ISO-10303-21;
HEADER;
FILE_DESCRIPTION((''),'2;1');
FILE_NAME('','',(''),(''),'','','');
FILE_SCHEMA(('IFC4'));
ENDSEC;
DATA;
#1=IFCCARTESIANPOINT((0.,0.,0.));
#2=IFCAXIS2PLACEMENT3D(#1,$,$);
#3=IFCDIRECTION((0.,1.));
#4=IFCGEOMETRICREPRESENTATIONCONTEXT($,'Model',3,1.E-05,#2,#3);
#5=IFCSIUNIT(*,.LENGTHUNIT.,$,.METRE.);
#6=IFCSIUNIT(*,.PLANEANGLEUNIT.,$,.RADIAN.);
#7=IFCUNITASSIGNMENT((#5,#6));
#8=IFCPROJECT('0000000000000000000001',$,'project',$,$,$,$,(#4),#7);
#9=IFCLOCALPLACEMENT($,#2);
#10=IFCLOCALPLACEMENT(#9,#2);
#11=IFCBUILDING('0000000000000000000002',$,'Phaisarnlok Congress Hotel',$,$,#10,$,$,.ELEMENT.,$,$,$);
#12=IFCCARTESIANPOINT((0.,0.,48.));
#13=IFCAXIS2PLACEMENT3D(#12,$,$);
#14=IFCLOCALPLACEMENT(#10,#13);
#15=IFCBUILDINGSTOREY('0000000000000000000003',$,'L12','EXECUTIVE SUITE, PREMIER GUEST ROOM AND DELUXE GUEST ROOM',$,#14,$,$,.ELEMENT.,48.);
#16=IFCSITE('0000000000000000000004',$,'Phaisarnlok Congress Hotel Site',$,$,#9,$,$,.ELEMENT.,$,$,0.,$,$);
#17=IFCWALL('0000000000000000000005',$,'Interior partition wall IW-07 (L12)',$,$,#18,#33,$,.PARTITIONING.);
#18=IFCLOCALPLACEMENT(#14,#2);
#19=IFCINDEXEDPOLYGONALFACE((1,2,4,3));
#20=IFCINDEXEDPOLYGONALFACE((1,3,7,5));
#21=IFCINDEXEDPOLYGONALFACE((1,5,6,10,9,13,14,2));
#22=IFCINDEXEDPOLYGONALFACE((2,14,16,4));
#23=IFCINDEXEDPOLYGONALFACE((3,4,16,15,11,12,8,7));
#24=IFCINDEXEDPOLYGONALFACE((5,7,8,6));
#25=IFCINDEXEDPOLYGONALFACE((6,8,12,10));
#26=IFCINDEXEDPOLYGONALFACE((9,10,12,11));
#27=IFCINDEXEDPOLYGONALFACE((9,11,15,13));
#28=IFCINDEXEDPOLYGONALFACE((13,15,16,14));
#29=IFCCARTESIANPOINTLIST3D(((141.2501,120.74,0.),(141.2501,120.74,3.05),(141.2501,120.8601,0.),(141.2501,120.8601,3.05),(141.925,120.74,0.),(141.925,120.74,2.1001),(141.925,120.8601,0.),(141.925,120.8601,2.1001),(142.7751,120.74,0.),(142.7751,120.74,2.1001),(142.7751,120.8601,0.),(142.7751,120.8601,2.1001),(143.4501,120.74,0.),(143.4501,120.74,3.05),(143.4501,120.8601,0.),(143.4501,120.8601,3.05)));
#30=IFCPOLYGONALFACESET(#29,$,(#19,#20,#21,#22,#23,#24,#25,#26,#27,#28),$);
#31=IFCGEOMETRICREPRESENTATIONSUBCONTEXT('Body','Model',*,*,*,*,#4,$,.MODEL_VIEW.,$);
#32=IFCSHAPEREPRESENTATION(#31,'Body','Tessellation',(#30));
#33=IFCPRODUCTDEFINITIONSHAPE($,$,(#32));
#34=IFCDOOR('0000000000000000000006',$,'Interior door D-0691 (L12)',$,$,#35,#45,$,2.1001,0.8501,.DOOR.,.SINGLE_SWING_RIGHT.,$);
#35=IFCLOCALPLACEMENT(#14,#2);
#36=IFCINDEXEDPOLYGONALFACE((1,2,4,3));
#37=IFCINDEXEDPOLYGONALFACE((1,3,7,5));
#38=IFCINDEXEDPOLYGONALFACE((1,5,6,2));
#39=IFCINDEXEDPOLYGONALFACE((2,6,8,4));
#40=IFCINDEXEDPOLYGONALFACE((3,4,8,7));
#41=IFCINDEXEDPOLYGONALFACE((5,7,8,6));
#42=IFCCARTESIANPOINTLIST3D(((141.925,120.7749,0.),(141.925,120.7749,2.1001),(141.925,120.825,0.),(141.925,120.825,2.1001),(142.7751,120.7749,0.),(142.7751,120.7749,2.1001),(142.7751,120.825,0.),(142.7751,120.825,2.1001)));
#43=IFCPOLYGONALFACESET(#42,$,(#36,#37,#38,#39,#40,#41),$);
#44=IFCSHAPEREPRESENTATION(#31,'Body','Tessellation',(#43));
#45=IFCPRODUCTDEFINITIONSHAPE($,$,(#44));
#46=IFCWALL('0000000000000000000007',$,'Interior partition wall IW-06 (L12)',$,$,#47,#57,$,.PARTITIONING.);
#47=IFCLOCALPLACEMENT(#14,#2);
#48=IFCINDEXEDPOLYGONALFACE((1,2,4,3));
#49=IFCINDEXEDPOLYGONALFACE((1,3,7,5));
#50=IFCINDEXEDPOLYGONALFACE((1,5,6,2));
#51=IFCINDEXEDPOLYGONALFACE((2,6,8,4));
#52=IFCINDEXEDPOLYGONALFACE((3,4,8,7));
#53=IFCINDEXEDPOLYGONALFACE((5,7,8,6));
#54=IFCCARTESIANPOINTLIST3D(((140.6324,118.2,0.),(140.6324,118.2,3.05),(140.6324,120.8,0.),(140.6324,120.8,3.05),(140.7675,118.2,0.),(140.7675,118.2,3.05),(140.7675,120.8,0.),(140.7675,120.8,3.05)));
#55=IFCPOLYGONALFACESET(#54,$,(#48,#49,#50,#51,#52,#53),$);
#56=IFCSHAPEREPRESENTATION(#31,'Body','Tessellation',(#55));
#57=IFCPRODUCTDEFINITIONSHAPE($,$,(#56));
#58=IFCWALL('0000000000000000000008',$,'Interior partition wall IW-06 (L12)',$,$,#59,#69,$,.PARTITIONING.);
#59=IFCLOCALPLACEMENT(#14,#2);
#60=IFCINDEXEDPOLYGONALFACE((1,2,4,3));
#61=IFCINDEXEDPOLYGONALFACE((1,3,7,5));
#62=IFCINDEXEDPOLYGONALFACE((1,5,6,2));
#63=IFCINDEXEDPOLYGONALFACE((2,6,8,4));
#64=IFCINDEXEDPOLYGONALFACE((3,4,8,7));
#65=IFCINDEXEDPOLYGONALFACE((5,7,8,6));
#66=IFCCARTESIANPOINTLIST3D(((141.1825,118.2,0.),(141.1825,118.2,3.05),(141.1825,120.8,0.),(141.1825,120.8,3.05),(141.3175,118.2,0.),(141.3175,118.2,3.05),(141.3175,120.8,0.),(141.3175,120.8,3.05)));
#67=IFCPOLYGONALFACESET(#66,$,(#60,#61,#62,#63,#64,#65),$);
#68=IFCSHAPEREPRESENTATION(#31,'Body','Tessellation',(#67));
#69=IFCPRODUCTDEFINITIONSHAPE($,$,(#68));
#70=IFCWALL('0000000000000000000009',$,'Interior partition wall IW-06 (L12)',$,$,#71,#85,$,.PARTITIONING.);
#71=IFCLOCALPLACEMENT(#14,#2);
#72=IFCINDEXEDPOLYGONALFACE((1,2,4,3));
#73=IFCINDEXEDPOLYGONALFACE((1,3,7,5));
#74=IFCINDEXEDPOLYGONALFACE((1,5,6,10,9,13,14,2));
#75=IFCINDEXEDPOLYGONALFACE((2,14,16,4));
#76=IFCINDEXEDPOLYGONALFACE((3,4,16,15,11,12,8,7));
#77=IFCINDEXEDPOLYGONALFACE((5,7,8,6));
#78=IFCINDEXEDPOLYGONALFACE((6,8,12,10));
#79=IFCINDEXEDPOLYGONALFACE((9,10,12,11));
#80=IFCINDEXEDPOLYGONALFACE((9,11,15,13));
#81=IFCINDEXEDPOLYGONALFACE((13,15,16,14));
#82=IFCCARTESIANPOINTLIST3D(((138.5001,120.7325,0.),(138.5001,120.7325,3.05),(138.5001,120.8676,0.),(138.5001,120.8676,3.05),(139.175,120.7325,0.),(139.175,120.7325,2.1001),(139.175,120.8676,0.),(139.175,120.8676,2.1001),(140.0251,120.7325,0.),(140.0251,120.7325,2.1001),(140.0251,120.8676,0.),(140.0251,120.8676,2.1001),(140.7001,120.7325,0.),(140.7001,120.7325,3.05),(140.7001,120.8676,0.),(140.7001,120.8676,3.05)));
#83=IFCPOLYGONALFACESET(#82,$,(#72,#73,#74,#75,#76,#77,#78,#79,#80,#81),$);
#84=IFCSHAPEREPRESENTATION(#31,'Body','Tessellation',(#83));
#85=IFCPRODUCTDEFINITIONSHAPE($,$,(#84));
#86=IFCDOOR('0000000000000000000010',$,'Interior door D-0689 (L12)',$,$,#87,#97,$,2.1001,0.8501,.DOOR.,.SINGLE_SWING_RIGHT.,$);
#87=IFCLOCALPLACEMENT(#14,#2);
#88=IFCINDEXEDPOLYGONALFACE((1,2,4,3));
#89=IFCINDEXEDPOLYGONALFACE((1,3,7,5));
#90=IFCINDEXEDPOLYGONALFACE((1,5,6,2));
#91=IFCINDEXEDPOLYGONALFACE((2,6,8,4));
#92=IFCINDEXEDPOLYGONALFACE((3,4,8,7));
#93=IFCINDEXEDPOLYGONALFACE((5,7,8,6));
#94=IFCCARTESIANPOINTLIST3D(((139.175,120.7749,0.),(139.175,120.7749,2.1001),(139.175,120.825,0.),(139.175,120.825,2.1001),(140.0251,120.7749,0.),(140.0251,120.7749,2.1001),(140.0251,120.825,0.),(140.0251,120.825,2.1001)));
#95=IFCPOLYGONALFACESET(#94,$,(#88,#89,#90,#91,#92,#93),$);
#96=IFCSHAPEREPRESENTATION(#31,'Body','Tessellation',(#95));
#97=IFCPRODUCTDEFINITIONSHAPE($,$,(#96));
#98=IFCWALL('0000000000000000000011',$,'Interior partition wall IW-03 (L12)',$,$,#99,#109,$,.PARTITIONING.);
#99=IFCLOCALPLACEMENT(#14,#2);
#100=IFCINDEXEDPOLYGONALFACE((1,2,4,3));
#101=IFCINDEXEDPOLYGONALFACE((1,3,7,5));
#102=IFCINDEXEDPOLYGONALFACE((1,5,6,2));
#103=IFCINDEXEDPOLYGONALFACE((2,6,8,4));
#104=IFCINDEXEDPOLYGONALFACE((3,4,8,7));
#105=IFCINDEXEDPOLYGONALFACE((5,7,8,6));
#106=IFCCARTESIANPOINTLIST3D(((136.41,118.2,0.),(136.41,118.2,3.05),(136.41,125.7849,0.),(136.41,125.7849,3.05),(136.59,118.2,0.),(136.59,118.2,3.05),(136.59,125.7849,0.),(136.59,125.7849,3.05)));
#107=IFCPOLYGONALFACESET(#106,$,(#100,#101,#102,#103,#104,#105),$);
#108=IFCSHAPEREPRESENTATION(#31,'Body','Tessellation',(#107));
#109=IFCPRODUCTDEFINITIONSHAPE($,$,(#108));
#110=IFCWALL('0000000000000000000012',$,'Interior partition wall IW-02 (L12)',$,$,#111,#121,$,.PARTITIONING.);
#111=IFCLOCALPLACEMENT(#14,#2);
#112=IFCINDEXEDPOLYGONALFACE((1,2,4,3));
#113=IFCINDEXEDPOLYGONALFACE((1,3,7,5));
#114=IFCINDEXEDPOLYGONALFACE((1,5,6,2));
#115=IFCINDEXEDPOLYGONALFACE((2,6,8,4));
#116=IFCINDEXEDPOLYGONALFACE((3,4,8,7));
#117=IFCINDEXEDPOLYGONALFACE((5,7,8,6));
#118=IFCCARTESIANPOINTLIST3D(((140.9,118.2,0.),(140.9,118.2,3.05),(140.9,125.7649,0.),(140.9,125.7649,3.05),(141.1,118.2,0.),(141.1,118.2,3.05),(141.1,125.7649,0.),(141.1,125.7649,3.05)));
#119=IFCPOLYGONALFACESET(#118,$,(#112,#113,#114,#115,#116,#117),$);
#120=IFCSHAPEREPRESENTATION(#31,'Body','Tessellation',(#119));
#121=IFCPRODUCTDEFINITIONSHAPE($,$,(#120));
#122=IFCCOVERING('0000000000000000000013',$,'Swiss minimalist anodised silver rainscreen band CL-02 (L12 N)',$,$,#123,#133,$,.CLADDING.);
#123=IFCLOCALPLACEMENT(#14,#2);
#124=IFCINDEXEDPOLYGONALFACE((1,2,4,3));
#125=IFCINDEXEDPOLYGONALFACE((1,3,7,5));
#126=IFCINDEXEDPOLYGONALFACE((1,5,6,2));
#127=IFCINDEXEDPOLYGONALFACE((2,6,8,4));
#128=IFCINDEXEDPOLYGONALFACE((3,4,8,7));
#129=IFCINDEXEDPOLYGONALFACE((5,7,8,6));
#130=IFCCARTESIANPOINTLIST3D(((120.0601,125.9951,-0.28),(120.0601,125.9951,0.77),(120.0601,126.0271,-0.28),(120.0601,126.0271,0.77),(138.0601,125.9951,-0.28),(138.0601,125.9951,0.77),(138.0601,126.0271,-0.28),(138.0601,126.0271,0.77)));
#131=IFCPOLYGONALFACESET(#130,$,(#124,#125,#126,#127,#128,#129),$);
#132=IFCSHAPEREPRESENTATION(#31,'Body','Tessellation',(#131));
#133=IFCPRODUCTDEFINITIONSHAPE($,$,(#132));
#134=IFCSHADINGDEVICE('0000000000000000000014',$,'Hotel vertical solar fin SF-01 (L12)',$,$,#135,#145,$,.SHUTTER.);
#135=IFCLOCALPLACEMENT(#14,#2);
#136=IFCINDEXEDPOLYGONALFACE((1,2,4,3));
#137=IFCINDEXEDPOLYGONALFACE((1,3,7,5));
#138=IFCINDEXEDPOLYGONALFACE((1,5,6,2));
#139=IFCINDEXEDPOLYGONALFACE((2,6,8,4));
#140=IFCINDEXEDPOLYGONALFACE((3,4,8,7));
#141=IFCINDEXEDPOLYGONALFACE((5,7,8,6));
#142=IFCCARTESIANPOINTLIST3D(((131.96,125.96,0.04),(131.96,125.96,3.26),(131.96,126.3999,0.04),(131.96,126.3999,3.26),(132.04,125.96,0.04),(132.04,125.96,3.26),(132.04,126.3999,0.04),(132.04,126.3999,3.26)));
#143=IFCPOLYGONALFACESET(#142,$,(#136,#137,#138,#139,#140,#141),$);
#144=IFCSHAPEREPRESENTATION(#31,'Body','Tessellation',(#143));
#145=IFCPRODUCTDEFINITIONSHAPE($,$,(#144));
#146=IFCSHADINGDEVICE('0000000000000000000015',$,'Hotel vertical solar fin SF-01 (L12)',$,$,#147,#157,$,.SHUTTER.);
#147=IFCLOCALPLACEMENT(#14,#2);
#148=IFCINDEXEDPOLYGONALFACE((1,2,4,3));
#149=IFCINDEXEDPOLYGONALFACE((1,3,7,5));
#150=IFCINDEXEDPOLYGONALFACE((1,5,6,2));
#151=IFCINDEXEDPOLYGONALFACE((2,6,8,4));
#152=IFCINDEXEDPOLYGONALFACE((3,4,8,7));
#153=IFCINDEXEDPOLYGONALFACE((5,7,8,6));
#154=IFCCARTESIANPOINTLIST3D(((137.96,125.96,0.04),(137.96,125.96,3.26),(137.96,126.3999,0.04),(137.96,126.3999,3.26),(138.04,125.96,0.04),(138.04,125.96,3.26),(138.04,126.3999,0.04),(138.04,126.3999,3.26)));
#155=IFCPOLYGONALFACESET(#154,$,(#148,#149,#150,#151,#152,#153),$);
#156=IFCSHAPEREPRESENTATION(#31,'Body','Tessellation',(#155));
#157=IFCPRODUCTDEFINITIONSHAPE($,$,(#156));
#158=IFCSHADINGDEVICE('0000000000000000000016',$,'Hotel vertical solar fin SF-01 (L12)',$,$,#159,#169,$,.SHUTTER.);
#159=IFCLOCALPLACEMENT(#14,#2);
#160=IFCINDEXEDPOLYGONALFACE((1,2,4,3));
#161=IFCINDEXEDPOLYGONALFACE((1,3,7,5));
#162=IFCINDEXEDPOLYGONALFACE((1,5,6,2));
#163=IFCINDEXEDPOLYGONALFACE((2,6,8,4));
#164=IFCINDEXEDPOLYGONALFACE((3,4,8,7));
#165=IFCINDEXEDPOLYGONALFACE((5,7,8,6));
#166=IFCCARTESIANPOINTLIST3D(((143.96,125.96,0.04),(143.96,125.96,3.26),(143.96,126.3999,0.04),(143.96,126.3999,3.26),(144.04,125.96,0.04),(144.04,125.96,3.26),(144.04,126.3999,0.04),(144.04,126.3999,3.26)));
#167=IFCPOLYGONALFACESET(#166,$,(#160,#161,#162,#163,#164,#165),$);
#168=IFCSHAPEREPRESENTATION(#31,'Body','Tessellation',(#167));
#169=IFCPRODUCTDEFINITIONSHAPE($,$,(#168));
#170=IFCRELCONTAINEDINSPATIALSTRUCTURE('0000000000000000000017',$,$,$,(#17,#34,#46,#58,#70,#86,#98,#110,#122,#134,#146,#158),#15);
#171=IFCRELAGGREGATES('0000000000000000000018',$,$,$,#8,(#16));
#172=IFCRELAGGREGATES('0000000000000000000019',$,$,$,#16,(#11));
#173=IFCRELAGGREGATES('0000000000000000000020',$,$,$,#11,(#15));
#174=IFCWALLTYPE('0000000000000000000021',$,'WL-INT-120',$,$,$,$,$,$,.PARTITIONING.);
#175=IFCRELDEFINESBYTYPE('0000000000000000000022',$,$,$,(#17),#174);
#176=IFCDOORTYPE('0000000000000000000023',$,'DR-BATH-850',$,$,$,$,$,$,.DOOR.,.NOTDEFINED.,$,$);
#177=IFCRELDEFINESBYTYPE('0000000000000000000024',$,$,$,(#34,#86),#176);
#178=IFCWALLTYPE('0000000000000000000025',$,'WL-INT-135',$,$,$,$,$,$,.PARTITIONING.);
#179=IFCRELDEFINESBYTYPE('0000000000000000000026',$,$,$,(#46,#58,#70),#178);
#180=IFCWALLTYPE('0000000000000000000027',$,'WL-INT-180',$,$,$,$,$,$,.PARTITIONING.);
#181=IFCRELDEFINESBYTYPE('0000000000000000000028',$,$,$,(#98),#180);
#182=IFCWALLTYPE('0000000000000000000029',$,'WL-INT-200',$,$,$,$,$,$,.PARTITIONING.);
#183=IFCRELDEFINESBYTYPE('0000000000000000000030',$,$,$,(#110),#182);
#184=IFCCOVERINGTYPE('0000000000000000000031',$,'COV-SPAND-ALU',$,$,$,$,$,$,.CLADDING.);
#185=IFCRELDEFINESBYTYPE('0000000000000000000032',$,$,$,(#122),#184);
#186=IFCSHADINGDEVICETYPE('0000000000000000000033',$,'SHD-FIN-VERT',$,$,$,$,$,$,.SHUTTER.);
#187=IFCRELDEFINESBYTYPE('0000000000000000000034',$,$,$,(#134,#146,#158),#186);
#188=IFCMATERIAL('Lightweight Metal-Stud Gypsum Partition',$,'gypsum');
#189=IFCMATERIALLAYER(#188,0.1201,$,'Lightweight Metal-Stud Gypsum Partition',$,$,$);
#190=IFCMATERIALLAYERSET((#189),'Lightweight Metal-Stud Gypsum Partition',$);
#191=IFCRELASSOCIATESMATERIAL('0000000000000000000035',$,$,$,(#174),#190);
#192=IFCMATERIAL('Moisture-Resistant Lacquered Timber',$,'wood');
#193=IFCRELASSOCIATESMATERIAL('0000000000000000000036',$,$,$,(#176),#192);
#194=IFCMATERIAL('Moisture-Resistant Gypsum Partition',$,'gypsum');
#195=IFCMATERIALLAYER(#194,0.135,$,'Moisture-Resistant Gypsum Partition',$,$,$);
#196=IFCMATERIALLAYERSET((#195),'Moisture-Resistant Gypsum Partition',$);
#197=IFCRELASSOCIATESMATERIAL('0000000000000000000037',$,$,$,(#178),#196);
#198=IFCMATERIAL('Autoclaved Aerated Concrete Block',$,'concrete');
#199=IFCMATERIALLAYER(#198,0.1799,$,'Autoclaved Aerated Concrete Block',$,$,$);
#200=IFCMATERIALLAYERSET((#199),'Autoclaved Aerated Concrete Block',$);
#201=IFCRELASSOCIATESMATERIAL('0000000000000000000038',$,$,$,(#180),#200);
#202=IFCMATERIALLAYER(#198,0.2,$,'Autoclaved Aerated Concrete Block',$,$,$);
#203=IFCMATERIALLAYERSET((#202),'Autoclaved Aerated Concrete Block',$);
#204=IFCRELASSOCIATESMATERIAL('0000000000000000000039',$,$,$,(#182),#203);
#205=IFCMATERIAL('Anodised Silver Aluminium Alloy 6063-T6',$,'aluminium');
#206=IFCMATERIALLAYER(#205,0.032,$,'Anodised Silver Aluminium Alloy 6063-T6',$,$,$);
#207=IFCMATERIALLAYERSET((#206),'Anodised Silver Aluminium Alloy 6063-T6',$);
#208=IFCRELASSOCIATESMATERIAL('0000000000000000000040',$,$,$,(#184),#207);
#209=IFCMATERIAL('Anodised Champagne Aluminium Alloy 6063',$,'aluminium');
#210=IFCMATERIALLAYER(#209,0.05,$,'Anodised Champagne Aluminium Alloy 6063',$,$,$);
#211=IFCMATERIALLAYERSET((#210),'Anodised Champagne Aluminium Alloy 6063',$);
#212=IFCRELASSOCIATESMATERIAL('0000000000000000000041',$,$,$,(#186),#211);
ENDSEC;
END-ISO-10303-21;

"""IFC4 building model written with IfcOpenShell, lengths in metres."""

from ifc_helpers import new_model, si_unit, direction, frame, frame_2d, origin, origin_2d, place, context, subcontext, project, spatial, polyline, rectangle, outline, extrude, material, layer, layer_set, type_object, element, fill, save


model = new_model("IFC4")

# Units and contexts
model_context = context("Model", 3, precision=1e-05, world=origin(), true_north=direction((0.0, 1.0)))
body_context = subcontext(model_context, "Body", "Model", "MODEL_VIEW")
ifc_project = project(units=[si_unit("LENGTHUNIT", "METRE"), si_unit("PLANEANGLEUNIT", "RADIAN")], contexts=[model_context])

# Site, building, storey
site_placement = place(None, origin())
site = spatial("IfcSite", under=ifc_project, at=site_placement, Name="Phaisarnlok Congress Hotel Site", CompositionType="ELEMENT", RefElevation=0.0)
building_placement = place(site_placement, origin())
building = spatial("IfcBuilding", under=site, at=building_placement, Name="Phaisarnlok Congress Hotel", CompositionType="ELEMENT")
storey_placement = place(building_placement, frame((0.0, 0.0, 48.0)))
storey = spatial("IfcBuildingStorey", under=building, at=storey_placement, Name="L12", Description="EXECUTIVE SUITE, PREMIER GUEST ROOM AND DELUXE GUEST ROOM", CompositionType="ELEMENT", Elevation=48.0)

# Shared definitions
ifc_material_1 = material(Name="Lightweight Metal-Stud Gypsum Partition", Category="gypsum")
ifc_layer_1 = layer(ifc_material_1, 0.1201, Name="Lightweight Metal-Stud Gypsum Partition")
ifc_layer_set_1 = layer_set([ifc_layer_1], Name="Lightweight Metal-Stud Gypsum Partition")
wall_type_1 = type_object("IfcWallType", Name="WL-INT-120", PredefinedType="PARTITIONING", material=ifc_layer_set_1)

# Wall, opening, door
wall_1_placement = place(storey_placement, frame((141.25, 120.8, 0.0), z_axis=(0.0, 0.0, 1.0), x_axis=(1.0, 0.0, 0.0)))
wall_1 = element("IfcWall", 1, at=wall_1_placement, inside=storey, type_object=wall_type_1, Name="Interior partition wall IW-07 (L12)", PredefinedType="PARTITIONING", context=body_context, shape_type="SweptSolid", body=[
    extrude(rectangle(XDim=2.2, YDim=0.1201, at=frame_2d((1.1001, 0.0))), origin(), (0.0, 0.0, 1.0), 3.05),
])
opening_1_placement = place(wall_1_placement, frame((0.675, 0.0, 0.0)))
opening_1 = element("IfcOpeningElement", 2, at=opening_1_placement, cuts=wall_1, PredefinedType="OPENING", context=body_context, shape_type="SweptSolid", body=[
    extrude(rectangle(XDim=0.8501, YDim=2.1001, at=frame_2d((0.425, 1.05))), frame((0.0, 0.0701, 0.0), z_axis=(0.0, -1.0, 0.0), x_axis=(1.0, 0.0, 0.0)), (0.0, 0.0, 1.0), 0.1401),
])
ifc_material_2 = material(Name="Moisture-Resistant Lacquered Timber", Category="wood")
door_type = type_object("IfcDoorType", Name="DR-BATH-850", OperationType="NOTDEFINED", PredefinedType="DOOR", material=ifc_material_2)
door_1_placement = place(opening_1_placement, origin())
door_1 = element("IfcDoor", 3, at=door_1_placement, inside=storey, type_object=door_type, Name="Interior door D-0691 (L12)", OperationType="SINGLE_SWING_RIGHT", OverallHeight=2.1001, OverallWidth=0.8501, PredefinedType="DOOR", context=body_context, shape_type="SweptSolid", body=[
    extrude(rectangle(XDim=0.8501, YDim=2.1001, at=frame_2d((0.425, 1.05))), frame((0.0, 0.0249, 0.0), z_axis=(0.0, -1.0, 0.0), x_axis=(1.0, 0.0, 0.0)), (0.0, 0.0, 1.0), 0.05),
])
fill(opening_1, door_1)

# Walls
ifc_material_3 = material(Name="Moisture-Resistant Gypsum Partition", Category="gypsum")
ifc_layer_2 = layer(ifc_material_3, 0.135, Name="Moisture-Resistant Gypsum Partition")
ifc_layer_set_2 = layer_set([ifc_layer_2], Name="Moisture-Resistant Gypsum Partition")
wall_type_2 = type_object("IfcWallType", Name="WL-INT-135", PredefinedType="PARTITIONING", material=ifc_layer_set_2)
for number, where, z_axis, x_axis, name in (
    (4, (140.7, 118.2, 0.0), (0.0, 0.0, 1.0), (0.0, 1.0, 0.0), "Interior partition wall IW-06 (L12)"),
    (5, (141.25, 118.2, 0.0), (0.0, 0.0, 1.0), (0.0, 1.0, 0.0), "Interior partition wall IW-06 (L12)"),
):
    element("IfcWall", number, at=place(storey_placement, frame(where, z_axis=z_axis, x_axis=x_axis)), inside=storey, type_object=wall_type_2, Name=name, PredefinedType="PARTITIONING", context=body_context, shape_type="SweptSolid", body=[
        extrude(rectangle(XDim=2.6001, YDim=0.135, at=frame_2d((1.3, 0.0))), origin(), (0.0, 0.0, 1.0), 3.05),
    ])

# Wall, opening, door
wall_2_placement = place(storey_placement, frame((138.5, 120.8, 0.0), z_axis=(0.0, 0.0, 1.0), x_axis=(1.0, 0.0, 0.0)))
wall_2 = element("IfcWall", 6, at=wall_2_placement, inside=storey, type_object=wall_type_2, Name="Interior partition wall IW-06 (L12)", PredefinedType="PARTITIONING", context=body_context, shape_type="SweptSolid", body=[
    extrude(rectangle(XDim=2.2, YDim=0.135, at=frame_2d((1.1001, 0.0))), origin(), (0.0, 0.0, 1.0), 3.05),
])
opening_2_placement = place(wall_2_placement, frame((0.675, 0.0, 0.0)))
opening_2 = element("IfcOpeningElement", 7, at=opening_2_placement, cuts=wall_2, PredefinedType="OPENING", context=body_context, shape_type="SweptSolid", body=[
    extrude(rectangle(XDim=0.8501, YDim=2.1001, at=frame_2d((0.425, 1.05))), frame((0.0, 0.0776, 0.0), z_axis=(0.0, -1.0, 0.0), x_axis=(1.0, 0.0, 0.0)), (0.0, 0.0, 1.0), 0.155),
])
door_2_placement = place(opening_2_placement, origin())
door_2 = element("IfcDoor", 8, at=door_2_placement, inside=storey, type_object=door_type, Name="Interior door D-0689 (L12)", OperationType="SINGLE_SWING_RIGHT", OverallHeight=2.1001, OverallWidth=0.8501, PredefinedType="DOOR", context=body_context, shape_type="SweptSolid", body=[
    extrude(rectangle(XDim=0.8501, YDim=2.1001, at=frame_2d((0.425, 1.05))), frame((0.0, 0.0249, 0.0), z_axis=(0.0, -1.0, 0.0), x_axis=(1.0, 0.0, 0.0)), (0.0, 0.0, 1.0), 0.05),
])
fill(opening_2, door_2)

# Walls
ifc_material_4 = material(Name="Autoclaved Aerated Concrete Block", Category="concrete")
ifc_layer_3 = layer(ifc_material_4, 0.1799, Name="Autoclaved Aerated Concrete Block")
ifc_layer_set_3 = layer_set([ifc_layer_3], Name="Autoclaved Aerated Concrete Block")
wall_type_3 = type_object("IfcWallType", Name="WL-INT-180", PredefinedType="PARTITIONING", material=ifc_layer_set_3)
wall_3_placement = place(storey_placement, frame((136.5, 118.2, 0.0), z_axis=(0.0, 0.0, 1.0), x_axis=(0.0, 1.0, 0.0)))
element("IfcWall", 9, at=wall_3_placement, inside=storey, type_object=wall_type_3, Name="Interior partition wall IW-03 (L12)", PredefinedType="PARTITIONING", context=body_context, shape_type="SweptSolid", body=[
    extrude(rectangle(XDim=7.585, YDim=0.1799, at=frame_2d((3.7925, 0.0))), origin(), (0.0, 0.0, 1.0), 3.05),
])
ifc_layer_4 = layer(ifc_material_4, 0.2, Name="Autoclaved Aerated Concrete Block")
ifc_layer_set_4 = layer_set([ifc_layer_4], Name="Autoclaved Aerated Concrete Block")
wall_type_4 = type_object("IfcWallType", Name="WL-INT-200", PredefinedType="PARTITIONING", material=ifc_layer_set_4)
wall_4_placement = place(storey_placement, frame((141.0, 118.2, 0.0), z_axis=(0.0, 0.0, 1.0), x_axis=(0.0, 1.0, 0.0)))
element("IfcWall", 10, at=wall_4_placement, inside=storey, type_object=wall_type_4, Name="Interior partition wall IW-02 (L12)", PredefinedType="PARTITIONING", context=body_context, shape_type="SweptSolid", body=[
    extrude(rectangle(XDim=7.5649, YDim=0.2, at=frame_2d((3.7825, 0.0))), origin(), (0.0, 0.0, 1.0), 3.05),
])

# Covering
ifc_material_5 = material(Name="Anodised Silver Aluminium Alloy 6063-T6", Category="aluminium")
ifc_layer_5 = layer(ifc_material_5, 0.032, Name="Anodised Silver Aluminium Alloy 6063-T6")
ifc_layer_set_5 = layer_set([ifc_layer_5], Name="Anodised Silver Aluminium Alloy 6063-T6")
covering_type = type_object("IfcCoveringType", Name="COV-SPAND-ALU", PredefinedType="CLADDING", material=ifc_layer_set_5)
covering_placement = place(storey_placement, frame((138.0601, 125.9951, -0.28), z_axis=(0.0, 1.0, 0.0), x_axis=(-1.0, 0.0, 0.0)))
element("IfcCovering", 11, at=covering_placement, inside=storey, type_object=covering_type, Name="Swiss minimalist anodised silver rainscreen band CL-02 (L12 N)", PredefinedType="CLADDING", context=body_context, shape_type="SweptSolid", body=[
    extrude(outline(polyline([(0.0, 0.0), (18.0, 0.0), (18.0, 1.05), (0.0, 1.05), (0.0, 0.0)])), origin(), (0.0, 0.0, 1.0), 0.032),
])

# Shading devices
ifc_material_6 = material(Name="Anodised Champagne Aluminium Alloy 6063", Category="aluminium")
ifc_layer_6 = layer(ifc_material_6, 0.05, Name="Anodised Champagne Aluminium Alloy 6063")
ifc_layer_set_6 = layer_set([ifc_layer_6], Name="Anodised Champagne Aluminium Alloy 6063")
shading_device_type = type_object("IfcShadingDeviceType", Name="SHD-FIN-VERT", PredefinedType="SHUTTER", material=ifc_layer_set_6)
for number, where, z_axis, x_axis, name in (
    (12, (132.0, 126.1799, 0.04), (0.0, 0.0, 1.0), (1.0, 0.0, 0.0), "Hotel vertical solar fin SF-01 (L12)"),
    (13, (138.0, 126.1799, 0.04), (0.0, 0.0, 1.0), (1.0, 0.0, 0.0), "Hotel vertical solar fin SF-01 (L12)"),
    (14, (144.0, 126.1799, 0.04), (0.0, 0.0, 1.0), (1.0, 0.0, 0.0), "Hotel vertical solar fin SF-01 (L12)"),
):
    element("IfcShadingDevice", number, at=place(storey_placement, frame(where, z_axis=z_axis, x_axis=x_axis)), inside=storey, type_object=shading_device_type, Name=name, PredefinedType="SHUTTER", context=body_context, shape_type="SweptSolid", body=[
        extrude(rectangle(XDim=0.0801, YDim=0.4399, at=origin_2d()), origin(), (0.0, 0.0, 1.0), 3.22),
    ])

save(model, "model.ifc")
